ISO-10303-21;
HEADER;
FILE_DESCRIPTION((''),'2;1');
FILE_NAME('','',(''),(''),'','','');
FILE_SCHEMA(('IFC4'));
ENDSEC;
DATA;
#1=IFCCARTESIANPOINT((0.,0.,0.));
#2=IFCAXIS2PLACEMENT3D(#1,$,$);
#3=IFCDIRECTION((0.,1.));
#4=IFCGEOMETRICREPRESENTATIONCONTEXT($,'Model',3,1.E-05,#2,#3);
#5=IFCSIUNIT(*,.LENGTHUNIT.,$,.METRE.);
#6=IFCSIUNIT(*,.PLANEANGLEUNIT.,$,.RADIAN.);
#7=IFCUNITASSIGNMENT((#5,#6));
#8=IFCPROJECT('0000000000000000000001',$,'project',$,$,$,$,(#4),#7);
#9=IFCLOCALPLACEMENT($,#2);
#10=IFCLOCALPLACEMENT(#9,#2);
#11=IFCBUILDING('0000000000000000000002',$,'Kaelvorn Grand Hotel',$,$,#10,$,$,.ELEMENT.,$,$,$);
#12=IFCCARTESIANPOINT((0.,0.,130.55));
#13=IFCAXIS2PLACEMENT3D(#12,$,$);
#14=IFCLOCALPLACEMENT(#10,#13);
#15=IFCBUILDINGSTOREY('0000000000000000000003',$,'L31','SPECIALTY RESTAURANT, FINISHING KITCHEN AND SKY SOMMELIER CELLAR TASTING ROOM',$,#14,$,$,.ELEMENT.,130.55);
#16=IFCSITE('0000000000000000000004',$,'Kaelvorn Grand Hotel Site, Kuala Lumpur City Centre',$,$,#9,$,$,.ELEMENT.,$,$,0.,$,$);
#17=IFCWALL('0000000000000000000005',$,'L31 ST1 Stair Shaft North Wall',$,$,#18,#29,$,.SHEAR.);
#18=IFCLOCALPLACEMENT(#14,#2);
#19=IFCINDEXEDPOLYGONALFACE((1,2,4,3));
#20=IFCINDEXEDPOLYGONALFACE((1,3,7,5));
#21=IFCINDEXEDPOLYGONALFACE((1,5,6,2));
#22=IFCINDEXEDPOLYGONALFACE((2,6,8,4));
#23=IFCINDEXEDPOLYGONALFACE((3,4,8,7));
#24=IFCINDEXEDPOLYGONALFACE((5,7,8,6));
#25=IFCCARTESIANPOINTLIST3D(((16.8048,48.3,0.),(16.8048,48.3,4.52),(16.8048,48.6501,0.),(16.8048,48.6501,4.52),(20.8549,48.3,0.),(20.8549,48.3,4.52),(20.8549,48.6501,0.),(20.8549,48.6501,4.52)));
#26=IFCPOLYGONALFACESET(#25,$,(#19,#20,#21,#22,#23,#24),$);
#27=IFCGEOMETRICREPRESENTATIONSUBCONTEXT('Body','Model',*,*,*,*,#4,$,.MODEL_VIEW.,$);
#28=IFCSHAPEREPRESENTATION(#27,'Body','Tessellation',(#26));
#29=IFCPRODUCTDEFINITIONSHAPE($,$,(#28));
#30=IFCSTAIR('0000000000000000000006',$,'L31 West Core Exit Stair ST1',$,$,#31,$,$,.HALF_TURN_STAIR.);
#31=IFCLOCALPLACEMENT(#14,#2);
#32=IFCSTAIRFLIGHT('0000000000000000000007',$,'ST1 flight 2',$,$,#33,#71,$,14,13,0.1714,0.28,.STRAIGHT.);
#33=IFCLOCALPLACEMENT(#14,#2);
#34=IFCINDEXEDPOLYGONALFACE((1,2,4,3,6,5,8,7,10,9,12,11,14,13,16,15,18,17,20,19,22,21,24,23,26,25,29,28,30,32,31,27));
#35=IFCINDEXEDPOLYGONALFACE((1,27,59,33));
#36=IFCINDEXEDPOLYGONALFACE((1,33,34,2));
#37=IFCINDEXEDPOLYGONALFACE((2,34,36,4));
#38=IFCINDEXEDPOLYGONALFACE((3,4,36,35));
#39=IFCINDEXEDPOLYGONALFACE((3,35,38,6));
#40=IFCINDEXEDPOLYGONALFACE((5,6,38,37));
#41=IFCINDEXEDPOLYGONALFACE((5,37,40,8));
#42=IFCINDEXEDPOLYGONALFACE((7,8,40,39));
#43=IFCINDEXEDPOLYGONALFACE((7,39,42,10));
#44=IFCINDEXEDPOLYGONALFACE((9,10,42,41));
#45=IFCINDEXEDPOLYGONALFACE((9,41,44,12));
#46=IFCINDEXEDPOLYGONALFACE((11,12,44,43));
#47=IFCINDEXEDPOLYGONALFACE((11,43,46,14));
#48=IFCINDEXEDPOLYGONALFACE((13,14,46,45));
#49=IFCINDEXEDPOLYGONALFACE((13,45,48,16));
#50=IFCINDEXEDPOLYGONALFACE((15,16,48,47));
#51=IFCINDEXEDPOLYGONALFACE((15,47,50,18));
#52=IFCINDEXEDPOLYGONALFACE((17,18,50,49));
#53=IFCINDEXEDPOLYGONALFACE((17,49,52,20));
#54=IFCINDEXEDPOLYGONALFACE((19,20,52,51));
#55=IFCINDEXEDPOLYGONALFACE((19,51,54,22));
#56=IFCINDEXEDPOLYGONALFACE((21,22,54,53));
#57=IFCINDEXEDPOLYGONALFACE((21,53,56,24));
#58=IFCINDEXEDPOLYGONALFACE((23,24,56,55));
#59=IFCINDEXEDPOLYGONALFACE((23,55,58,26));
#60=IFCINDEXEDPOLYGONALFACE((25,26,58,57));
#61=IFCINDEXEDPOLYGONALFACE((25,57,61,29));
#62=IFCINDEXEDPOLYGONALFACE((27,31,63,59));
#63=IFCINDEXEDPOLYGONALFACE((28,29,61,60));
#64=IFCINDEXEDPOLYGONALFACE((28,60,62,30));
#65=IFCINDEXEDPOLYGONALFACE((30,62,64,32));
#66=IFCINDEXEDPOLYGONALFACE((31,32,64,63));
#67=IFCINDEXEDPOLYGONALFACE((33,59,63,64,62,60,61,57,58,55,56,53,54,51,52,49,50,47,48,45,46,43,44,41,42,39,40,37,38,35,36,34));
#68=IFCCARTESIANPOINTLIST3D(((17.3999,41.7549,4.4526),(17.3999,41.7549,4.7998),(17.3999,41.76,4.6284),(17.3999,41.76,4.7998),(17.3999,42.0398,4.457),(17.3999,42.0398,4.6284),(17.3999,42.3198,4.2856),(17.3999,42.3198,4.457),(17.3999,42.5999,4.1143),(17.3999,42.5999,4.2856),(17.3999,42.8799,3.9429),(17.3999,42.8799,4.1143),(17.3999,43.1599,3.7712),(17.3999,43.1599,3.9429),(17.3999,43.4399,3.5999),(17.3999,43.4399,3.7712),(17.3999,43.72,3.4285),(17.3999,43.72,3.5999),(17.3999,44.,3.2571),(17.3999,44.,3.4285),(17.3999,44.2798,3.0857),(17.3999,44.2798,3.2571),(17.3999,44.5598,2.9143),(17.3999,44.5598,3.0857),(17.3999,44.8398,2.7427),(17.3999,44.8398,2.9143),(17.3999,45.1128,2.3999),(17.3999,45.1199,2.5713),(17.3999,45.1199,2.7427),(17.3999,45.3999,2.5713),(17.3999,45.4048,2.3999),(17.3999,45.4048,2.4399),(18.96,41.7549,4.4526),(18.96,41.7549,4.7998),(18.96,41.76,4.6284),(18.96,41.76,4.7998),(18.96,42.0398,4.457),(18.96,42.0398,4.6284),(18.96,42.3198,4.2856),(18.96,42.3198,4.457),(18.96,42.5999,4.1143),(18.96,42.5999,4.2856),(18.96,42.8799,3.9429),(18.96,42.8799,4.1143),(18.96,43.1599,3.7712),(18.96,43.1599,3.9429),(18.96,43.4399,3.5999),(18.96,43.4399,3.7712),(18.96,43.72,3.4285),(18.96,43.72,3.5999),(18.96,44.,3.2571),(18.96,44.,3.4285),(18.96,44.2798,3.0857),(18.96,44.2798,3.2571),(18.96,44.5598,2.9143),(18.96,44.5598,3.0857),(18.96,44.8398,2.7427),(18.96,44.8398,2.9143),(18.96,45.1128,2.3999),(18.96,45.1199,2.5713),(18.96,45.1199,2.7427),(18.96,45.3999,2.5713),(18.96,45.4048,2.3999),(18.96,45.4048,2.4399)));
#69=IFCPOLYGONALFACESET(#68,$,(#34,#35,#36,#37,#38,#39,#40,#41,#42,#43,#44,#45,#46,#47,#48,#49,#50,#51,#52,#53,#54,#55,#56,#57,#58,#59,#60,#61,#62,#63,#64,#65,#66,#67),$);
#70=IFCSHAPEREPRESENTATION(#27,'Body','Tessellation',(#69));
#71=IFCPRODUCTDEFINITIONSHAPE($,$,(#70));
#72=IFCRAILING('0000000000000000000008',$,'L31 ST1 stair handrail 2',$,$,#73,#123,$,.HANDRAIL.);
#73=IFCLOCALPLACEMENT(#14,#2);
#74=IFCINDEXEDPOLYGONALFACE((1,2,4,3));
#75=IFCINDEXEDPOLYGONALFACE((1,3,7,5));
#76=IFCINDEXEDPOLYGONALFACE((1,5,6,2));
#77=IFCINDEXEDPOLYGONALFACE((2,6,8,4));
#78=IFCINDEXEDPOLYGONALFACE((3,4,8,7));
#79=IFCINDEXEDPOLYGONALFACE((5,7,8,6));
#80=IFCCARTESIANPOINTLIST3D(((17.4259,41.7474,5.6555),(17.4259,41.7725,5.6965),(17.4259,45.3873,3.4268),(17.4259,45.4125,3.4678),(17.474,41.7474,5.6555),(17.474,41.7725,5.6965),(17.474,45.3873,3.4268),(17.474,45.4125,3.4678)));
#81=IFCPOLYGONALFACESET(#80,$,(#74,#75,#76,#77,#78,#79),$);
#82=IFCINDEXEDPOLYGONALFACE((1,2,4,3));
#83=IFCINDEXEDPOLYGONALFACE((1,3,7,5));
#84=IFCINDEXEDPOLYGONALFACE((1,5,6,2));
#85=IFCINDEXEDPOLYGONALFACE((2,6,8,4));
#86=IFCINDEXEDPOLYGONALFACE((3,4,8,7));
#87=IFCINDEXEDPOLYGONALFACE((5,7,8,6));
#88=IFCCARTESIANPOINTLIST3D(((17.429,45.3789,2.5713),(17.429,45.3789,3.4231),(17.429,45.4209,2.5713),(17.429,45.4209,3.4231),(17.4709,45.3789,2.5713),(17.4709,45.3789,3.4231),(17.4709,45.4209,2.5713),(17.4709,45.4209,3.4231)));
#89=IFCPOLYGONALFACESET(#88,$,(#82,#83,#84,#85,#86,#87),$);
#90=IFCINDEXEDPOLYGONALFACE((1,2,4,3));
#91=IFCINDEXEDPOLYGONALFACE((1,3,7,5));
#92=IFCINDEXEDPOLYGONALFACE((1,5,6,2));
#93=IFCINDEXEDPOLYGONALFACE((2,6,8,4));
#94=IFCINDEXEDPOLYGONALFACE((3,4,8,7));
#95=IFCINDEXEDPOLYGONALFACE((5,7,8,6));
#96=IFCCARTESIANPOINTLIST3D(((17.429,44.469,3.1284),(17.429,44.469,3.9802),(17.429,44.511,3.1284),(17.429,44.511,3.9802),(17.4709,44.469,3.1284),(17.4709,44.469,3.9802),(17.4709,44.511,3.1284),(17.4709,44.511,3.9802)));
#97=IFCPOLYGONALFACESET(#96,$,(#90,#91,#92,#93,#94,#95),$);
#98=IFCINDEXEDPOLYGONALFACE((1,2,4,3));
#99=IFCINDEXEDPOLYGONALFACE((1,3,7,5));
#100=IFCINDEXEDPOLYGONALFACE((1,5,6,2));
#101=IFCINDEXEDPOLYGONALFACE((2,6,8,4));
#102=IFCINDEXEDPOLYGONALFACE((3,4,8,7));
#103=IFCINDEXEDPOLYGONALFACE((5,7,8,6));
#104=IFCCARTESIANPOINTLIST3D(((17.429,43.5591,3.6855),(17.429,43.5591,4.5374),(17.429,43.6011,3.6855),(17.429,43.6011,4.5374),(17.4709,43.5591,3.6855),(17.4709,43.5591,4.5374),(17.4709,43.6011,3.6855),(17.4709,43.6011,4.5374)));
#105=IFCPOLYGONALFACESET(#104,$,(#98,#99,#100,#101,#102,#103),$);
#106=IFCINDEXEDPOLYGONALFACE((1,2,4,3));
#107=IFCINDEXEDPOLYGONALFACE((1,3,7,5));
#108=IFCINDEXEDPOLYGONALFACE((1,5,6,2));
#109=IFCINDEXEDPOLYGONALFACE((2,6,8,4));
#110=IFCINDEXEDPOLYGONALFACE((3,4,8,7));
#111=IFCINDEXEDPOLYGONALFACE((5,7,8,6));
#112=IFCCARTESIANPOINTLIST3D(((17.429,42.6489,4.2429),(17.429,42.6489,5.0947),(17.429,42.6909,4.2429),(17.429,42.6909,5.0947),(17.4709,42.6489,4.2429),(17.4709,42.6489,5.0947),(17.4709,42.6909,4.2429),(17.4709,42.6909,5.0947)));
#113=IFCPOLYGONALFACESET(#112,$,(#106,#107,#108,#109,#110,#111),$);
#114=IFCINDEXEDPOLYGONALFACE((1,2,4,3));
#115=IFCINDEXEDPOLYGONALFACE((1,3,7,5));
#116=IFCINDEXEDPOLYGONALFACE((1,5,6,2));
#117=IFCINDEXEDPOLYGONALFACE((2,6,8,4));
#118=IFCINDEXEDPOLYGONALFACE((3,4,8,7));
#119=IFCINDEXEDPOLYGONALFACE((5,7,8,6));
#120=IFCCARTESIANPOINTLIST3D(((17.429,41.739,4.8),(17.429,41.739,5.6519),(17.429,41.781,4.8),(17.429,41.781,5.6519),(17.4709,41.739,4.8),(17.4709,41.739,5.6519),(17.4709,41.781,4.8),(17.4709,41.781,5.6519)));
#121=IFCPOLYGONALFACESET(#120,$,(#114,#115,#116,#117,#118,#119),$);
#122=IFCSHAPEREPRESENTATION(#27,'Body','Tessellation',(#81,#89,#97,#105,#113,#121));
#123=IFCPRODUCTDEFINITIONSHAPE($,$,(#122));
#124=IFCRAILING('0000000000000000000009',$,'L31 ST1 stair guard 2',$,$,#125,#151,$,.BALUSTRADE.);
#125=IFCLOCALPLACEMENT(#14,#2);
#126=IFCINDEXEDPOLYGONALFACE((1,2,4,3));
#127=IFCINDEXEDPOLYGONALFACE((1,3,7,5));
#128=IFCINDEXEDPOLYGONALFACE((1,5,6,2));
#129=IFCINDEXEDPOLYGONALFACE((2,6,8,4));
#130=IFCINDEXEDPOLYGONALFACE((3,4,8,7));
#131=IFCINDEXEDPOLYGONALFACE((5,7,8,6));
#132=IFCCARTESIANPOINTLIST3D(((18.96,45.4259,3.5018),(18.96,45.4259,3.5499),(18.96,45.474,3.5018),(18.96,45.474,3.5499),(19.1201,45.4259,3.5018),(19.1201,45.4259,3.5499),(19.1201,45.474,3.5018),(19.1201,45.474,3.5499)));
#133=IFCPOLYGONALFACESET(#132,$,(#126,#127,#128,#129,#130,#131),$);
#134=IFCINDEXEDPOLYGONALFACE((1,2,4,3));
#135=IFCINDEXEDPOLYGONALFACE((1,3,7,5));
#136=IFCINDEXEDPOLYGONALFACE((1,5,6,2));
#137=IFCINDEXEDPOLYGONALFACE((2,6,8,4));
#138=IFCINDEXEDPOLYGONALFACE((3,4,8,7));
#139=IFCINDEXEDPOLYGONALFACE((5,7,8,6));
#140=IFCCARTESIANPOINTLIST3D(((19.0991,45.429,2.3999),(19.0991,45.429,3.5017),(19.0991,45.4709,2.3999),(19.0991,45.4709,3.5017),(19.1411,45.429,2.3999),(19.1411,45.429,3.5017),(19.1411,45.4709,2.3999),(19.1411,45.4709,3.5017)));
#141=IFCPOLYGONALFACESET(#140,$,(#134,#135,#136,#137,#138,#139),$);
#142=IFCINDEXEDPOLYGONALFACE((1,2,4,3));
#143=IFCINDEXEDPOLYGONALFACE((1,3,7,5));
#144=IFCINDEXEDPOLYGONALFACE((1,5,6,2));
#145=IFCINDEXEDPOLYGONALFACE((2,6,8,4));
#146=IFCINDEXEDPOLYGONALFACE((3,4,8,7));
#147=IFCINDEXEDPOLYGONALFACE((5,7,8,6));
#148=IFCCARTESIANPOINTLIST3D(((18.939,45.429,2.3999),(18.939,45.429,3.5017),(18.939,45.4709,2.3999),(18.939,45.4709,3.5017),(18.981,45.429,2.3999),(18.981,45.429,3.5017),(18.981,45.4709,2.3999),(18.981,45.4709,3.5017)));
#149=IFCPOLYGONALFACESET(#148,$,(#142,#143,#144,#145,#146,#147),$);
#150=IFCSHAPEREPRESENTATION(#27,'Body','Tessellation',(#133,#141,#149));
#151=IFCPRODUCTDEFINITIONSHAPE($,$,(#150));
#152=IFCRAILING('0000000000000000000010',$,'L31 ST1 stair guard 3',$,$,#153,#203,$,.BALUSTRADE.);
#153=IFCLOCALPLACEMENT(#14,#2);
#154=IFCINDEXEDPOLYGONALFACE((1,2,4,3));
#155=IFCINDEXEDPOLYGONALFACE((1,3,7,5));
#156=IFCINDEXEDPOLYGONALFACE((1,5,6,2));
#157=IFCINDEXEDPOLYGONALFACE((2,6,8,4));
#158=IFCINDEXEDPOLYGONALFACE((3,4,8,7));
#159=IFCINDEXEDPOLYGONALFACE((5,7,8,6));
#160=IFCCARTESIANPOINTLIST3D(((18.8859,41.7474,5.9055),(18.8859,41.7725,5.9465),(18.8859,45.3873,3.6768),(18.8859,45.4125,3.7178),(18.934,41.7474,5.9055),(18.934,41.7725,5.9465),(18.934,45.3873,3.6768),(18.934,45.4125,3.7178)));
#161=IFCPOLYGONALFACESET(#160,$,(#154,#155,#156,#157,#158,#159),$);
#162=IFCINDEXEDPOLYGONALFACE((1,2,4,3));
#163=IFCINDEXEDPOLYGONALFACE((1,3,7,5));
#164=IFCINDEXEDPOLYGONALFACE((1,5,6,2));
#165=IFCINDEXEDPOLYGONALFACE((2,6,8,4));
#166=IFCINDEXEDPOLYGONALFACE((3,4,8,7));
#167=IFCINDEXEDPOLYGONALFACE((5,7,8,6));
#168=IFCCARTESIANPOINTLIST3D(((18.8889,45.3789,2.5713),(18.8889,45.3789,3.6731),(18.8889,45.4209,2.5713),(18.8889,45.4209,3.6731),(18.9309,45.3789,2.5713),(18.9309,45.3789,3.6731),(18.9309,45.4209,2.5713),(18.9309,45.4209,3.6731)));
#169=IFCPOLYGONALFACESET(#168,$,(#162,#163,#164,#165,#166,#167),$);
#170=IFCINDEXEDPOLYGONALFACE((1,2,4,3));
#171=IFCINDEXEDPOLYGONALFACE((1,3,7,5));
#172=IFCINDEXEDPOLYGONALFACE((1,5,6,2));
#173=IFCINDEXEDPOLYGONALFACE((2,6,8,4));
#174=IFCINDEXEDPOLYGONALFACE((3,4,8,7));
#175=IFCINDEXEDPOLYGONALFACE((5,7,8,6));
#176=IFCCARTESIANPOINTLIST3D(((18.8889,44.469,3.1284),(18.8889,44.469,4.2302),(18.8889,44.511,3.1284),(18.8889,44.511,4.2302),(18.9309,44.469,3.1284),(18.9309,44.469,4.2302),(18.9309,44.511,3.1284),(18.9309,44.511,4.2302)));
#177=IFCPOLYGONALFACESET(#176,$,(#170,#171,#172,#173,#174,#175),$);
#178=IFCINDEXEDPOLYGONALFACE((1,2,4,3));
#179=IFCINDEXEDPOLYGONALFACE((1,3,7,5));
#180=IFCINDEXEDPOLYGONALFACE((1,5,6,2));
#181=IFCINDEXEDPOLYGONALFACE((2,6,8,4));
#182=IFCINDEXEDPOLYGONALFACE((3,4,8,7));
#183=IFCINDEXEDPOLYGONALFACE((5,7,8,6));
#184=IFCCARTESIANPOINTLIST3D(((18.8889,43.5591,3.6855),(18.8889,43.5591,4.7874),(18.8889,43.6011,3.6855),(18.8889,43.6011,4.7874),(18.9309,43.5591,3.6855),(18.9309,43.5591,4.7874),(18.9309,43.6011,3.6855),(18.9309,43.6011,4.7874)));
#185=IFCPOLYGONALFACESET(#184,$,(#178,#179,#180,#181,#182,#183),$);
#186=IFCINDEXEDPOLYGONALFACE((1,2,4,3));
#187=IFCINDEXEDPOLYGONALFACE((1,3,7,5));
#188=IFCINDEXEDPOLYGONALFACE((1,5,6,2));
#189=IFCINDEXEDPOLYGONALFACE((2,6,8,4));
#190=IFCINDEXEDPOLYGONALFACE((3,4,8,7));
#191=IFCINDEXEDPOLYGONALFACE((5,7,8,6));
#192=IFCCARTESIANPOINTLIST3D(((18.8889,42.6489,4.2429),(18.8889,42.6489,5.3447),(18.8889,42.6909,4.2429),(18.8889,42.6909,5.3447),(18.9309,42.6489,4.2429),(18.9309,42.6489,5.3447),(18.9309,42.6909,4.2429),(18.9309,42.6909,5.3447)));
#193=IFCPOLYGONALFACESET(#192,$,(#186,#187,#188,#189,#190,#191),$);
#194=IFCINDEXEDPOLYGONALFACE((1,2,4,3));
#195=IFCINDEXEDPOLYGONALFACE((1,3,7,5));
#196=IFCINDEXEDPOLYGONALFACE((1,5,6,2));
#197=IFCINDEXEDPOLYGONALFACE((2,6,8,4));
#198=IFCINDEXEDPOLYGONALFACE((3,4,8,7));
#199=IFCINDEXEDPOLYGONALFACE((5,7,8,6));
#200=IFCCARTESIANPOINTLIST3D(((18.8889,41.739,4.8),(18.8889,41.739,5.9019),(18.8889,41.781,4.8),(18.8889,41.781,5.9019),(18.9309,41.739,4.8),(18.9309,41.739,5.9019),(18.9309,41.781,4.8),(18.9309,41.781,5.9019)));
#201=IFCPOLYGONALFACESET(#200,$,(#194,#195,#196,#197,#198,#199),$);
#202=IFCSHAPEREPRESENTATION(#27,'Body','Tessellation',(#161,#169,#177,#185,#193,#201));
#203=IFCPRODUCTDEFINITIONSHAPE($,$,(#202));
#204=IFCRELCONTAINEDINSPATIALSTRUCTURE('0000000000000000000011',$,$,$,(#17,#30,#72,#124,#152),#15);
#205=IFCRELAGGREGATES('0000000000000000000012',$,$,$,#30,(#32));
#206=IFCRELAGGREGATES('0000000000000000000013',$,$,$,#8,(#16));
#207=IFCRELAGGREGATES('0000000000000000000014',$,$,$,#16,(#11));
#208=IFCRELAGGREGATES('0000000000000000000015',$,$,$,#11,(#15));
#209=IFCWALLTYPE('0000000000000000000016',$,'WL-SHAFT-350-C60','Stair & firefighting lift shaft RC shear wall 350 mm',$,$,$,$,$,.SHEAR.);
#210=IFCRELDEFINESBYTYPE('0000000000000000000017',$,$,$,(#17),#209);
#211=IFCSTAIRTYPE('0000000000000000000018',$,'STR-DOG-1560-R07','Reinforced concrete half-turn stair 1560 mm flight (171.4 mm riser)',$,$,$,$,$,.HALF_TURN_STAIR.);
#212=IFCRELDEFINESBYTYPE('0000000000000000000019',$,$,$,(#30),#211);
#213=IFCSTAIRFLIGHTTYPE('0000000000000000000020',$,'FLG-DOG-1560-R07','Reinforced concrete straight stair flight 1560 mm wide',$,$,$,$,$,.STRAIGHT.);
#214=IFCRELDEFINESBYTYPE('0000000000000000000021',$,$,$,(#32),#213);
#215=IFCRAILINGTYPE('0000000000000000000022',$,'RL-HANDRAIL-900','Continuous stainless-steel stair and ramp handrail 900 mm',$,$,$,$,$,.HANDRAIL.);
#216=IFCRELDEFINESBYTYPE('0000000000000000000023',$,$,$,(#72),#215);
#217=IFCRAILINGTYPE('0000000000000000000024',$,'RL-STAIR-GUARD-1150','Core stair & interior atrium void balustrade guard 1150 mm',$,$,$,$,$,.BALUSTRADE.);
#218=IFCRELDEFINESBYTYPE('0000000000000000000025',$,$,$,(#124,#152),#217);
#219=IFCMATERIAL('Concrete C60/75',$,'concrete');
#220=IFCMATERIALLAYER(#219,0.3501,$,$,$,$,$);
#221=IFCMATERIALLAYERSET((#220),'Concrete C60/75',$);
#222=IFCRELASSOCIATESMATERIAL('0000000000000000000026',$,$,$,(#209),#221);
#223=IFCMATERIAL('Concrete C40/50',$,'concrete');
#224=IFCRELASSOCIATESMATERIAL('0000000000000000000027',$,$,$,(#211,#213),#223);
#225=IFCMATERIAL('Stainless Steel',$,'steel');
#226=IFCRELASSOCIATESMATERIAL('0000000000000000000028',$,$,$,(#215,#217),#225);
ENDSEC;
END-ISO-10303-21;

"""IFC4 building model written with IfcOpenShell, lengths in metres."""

from ifc_helpers import new_model, si_unit, direction, frame, frame_2d, origin, origin_2d, place, context, subcontext, project, spatial, polyline, rectangle, outline, extrude, material, layer, layer_set, type_object, element, aggregate, save


model = new_model("IFC4")

# Units and contexts
model_context = context("Model", 3, precision=1e-05, world=origin(), true_north=direction((0.0, 1.0)))
body_context = subcontext(model_context, "Body", "Model", "MODEL_VIEW")
ifc_project = project(units=[si_unit("LENGTHUNIT", "METRE"), si_unit("PLANEANGLEUNIT", "RADIAN")], contexts=[model_context])

# Site, building, storey
site_placement = place(None, origin())
site = spatial("IfcSite", under=ifc_project, at=site_placement, Name="Kaelvorn Grand Hotel Site, Kuala Lumpur City Centre", CompositionType="ELEMENT", RefElevation=0.0)
building_placement = place(site_placement, origin())
building = spatial("IfcBuilding", under=site, at=building_placement, Name="Kaelvorn Grand Hotel", CompositionType="ELEMENT")
storey_placement = place(building_placement, frame((0.0, 0.0, 130.55)))
storey = spatial("IfcBuildingStorey", under=building, at=storey_placement, Name="L31", Description="SPECIALTY RESTAURANT, FINISHING KITCHEN AND SKY SOMMELIER CELLAR TASTING ROOM", CompositionType="ELEMENT", Elevation=130.55)

# Shared definitions
ifc_material_1 = material(Name="Concrete C60/75", Category="concrete")

# Shared definitions
ifc_material_2 = material(Name="Concrete C40/50", Category="concrete")

# Wall
ifc_layer_1 = layer(ifc_material_1, 0.3501)
ifc_layer_set_1 = layer_set([ifc_layer_1], Name="Concrete C60/75")
wall_type_1 = type_object("IfcWallType", Name="WL-SHAFT-350-C60", Description="Stair & firefighting lift shaft RC shear wall 350 mm", PredefinedType="SHEAR", material=ifc_layer_set_1)
wall_1_placement = place(storey_placement, frame((16.8049, 48.4751, 0.0), z_axis=(0.0, 0.0, 1.0), x_axis=(1.0, 0.0, 0.0)))
element("IfcWall", 1, at=wall_1_placement, inside=storey, type_object=wall_type_1, Name="L31 ST1 Stair Shaft North Wall", PredefinedType="SHEAR", context=body_context, shape_type="SweptSolid", body=[
    extrude(rectangle(XDim=4.05, YDim=0.3501, at=frame_2d((2.0249, 0.0))), origin(), (0.0, 0.0, 1.0), 4.52),
])

# Stair, stair flight
stair_type = type_object("IfcStairType", Name="STR-DOG-1560-R07", Description="Reinforced concrete half-turn stair 1560 mm flight (171.4 mm riser)", PredefinedType="HALF_TURN_STAIR", material=ifc_material_2)
stair_placement = place(storey_placement, origin())
stair = element("IfcStair", 2, at=stair_placement, inside=storey, type_object=stair_type, Name="L31 West Core Exit Stair ST1", PredefinedType="HALF_TURN_STAIR")
stair_flight_type = type_object("IfcStairFlightType", Name="FLG-DOG-1560-R07", Description="Reinforced concrete straight stair flight 1560 mm wide", PredefinedType="STRAIGHT", material=ifc_material_2)
stair_flight_placement = place(storey_placement, frame((18.1799, 45.3999, 2.3999), z_axis=(0.0, 0.0, 1.0), x_axis=(0.0, -1.0, 0.0)))
stair_flight = element("IfcStairFlight", 3, at=stair_flight_placement, type_object=stair_flight_type, Name="ST1 flight 2", NumberOfRisers=14, NumberOfTreads=13, PredefinedType="STRAIGHT", RiserHeight=0.1714, TreadLength=0.28, context=body_context, shape_type="SweptSolid", body=[
    extrude(outline(polyline([(-0.0049, 0.0), (-0.0049, 0.04), (0.0, 0.1714), (0.28, 0.1714), (0.28, 0.3428), (0.5601, 0.3428), (0.5601, 0.5144), (0.8401, 0.5144), (0.8401, 0.6858), (1.1201, 0.6858), (1.1201, 0.8572), (1.3999, 0.8572), (1.3999, 1.0286), (1.6799, 1.0286), (1.6799, 1.2), (1.96, 1.2), (1.96, 1.3713), (2.24, 1.3713), (2.24, 1.543), (2.52, 1.543), (2.52, 1.7144), (2.8, 1.7144), (2.8, 1.8857), (3.0801, 1.8857), (3.0801, 2.0571), (3.3601, 2.0571), (3.3601, 2.2285), (3.6399, 2.2285), (3.6399, 2.3999), (3.645, 2.3999), (3.645, 2.0527), (0.2871, 0.0), (-0.0049, 0.0)])), frame((0.0, 0.78, 0.0), z_axis=(0.0, -1.0, 0.0), x_axis=(1.0, 0.0, 0.0)), (0.0, 0.0, 1.0), 1.5601),
])
aggregate(stair, [stair_flight])

# Railings
ifc_material_3 = material(Name="Stainless Steel", Category="steel")
railing_type_1 = type_object("IfcRailingType", Name="RL-HANDRAIL-900", Description="Continuous stainless-steel stair and ramp handrail 900 mm", PredefinedType="HANDRAIL", material=ifc_material_3)
railing_1_placement = place(storey_placement, frame((17.45, 45.3999, 2.5713)))
element("IfcRailing", 4, at=railing_1_placement, inside=storey, type_object=railing_type_1, Name="L31 ST1 stair handrail 2", PredefinedType="HANDRAIL", context=body_context, shape_type="SweptSolid", body=[
    extrude(rectangle(XDim=0.0481, YDim=0.0481, at=origin_2d()), frame((0.0, 0.0, 0.876), z_axis=(0.0, -0.852825, 0.522197), x_axis=(1.0, 0.0, 0.0)), (0.0, 0.0, 1.0), 4.2681),
    extrude(rectangle(XDim=0.042, YDim=0.042, at=origin_2d()), origin(), (0.0, 0.0, 1.0), 0.8518),
    extrude(rectangle(XDim=0.042, YDim=0.042, at=origin_2d()), frame((0.0, -0.9099, 0.5571)), (0.0, 0.0, 1.0), 0.8518),
    extrude(rectangle(XDim=0.042, YDim=0.042, at=origin_2d()), frame((0.0, -1.8198, 1.1143)), (0.0, 0.0, 1.0), 0.8518),
    extrude(rectangle(XDim=0.042, YDim=0.042, at=origin_2d()), frame((0.0, -2.73, 1.6716)), (0.0, 0.0, 1.0), 0.8518),
    extrude(rectangle(XDim=0.042, YDim=0.042, at=origin_2d()), frame((0.0, -3.6399, 2.2288)), (0.0, 0.0, 1.0), 0.8518),
])
railing_type_2 = type_object("IfcRailingType", Name="RL-STAIR-GUARD-1150", Description="Core stair & interior atrium void balustrade guard 1150 mm", PredefinedType="BALUSTRADE", material=ifc_material_3)
railing_2_placement = place(storey_placement, frame((19.1201, 45.45, 2.3999)))
element("IfcRailing", 5, at=railing_2_placement, inside=storey, type_object=railing_type_2, Name="L31 ST1 stair guard 2", PredefinedType="BALUSTRADE", context=body_context, shape_type="SweptSolid", body=[
    extrude(rectangle(XDim=0.0481, YDim=0.0481, at=origin_2d()), frame((0.0, 0.0, 1.126), z_axis=(-1.0, 0.0, 0.0), x_axis=(0.0, -1.0, 0.0)), (0.0, 0.0, 1.0), 0.1602),
    extrude(rectangle(XDim=0.042, YDim=0.042, at=origin_2d()), origin(), (0.0, 0.0, 1.0), 1.1018),
    extrude(rectangle(XDim=0.042, YDim=0.042, at=origin_2d()), frame((-0.1602, 0.0, 0.0)), (0.0, 0.0, 1.0), 1.1018),
])
railing_3_placement = place(storey_placement, frame((18.9099, 45.3999, 2.5713)))
element("IfcRailing", 6, at=railing_3_placement, inside=storey, type_object=railing_type_2, Name="L31 ST1 stair guard 3", PredefinedType="BALUSTRADE", context=body_context, shape_type="SweptSolid", body=[
    extrude(rectangle(XDim=0.0481, YDim=0.0481, at=origin_2d()), frame((0.0, 0.0, 1.126), z_axis=(0.0, -0.852825, 0.522197), x_axis=(1.0, 0.0, 0.0)), (0.0, 0.0, 1.0), 4.2681),
    extrude(rectangle(XDim=0.042, YDim=0.042, at=origin_2d()), origin(), (0.0, 0.0, 1.0), 1.1018),
    extrude(rectangle(XDim=0.042, YDim=0.042, at=origin_2d()), frame((0.0, -0.9099, 0.5571)), (0.0, 0.0, 1.0), 1.1018),
    extrude(rectangle(XDim=0.042, YDim=0.042, at=origin_2d()), frame((0.0, -1.8198, 1.1143)), (0.0, 0.0, 1.0), 1.1018),
    extrude(rectangle(XDim=0.042, YDim=0.042, at=origin_2d()), frame((0.0, -2.73, 1.6716)), (0.0, 0.0, 1.0), 1.1018),
    extrude(rectangle(XDim=0.042, YDim=0.042, at=origin_2d()), frame((0.0, -3.6399, 2.2288)), (0.0, 0.0, 1.0), 1.1018),
])

save(model, "model.ifc")
